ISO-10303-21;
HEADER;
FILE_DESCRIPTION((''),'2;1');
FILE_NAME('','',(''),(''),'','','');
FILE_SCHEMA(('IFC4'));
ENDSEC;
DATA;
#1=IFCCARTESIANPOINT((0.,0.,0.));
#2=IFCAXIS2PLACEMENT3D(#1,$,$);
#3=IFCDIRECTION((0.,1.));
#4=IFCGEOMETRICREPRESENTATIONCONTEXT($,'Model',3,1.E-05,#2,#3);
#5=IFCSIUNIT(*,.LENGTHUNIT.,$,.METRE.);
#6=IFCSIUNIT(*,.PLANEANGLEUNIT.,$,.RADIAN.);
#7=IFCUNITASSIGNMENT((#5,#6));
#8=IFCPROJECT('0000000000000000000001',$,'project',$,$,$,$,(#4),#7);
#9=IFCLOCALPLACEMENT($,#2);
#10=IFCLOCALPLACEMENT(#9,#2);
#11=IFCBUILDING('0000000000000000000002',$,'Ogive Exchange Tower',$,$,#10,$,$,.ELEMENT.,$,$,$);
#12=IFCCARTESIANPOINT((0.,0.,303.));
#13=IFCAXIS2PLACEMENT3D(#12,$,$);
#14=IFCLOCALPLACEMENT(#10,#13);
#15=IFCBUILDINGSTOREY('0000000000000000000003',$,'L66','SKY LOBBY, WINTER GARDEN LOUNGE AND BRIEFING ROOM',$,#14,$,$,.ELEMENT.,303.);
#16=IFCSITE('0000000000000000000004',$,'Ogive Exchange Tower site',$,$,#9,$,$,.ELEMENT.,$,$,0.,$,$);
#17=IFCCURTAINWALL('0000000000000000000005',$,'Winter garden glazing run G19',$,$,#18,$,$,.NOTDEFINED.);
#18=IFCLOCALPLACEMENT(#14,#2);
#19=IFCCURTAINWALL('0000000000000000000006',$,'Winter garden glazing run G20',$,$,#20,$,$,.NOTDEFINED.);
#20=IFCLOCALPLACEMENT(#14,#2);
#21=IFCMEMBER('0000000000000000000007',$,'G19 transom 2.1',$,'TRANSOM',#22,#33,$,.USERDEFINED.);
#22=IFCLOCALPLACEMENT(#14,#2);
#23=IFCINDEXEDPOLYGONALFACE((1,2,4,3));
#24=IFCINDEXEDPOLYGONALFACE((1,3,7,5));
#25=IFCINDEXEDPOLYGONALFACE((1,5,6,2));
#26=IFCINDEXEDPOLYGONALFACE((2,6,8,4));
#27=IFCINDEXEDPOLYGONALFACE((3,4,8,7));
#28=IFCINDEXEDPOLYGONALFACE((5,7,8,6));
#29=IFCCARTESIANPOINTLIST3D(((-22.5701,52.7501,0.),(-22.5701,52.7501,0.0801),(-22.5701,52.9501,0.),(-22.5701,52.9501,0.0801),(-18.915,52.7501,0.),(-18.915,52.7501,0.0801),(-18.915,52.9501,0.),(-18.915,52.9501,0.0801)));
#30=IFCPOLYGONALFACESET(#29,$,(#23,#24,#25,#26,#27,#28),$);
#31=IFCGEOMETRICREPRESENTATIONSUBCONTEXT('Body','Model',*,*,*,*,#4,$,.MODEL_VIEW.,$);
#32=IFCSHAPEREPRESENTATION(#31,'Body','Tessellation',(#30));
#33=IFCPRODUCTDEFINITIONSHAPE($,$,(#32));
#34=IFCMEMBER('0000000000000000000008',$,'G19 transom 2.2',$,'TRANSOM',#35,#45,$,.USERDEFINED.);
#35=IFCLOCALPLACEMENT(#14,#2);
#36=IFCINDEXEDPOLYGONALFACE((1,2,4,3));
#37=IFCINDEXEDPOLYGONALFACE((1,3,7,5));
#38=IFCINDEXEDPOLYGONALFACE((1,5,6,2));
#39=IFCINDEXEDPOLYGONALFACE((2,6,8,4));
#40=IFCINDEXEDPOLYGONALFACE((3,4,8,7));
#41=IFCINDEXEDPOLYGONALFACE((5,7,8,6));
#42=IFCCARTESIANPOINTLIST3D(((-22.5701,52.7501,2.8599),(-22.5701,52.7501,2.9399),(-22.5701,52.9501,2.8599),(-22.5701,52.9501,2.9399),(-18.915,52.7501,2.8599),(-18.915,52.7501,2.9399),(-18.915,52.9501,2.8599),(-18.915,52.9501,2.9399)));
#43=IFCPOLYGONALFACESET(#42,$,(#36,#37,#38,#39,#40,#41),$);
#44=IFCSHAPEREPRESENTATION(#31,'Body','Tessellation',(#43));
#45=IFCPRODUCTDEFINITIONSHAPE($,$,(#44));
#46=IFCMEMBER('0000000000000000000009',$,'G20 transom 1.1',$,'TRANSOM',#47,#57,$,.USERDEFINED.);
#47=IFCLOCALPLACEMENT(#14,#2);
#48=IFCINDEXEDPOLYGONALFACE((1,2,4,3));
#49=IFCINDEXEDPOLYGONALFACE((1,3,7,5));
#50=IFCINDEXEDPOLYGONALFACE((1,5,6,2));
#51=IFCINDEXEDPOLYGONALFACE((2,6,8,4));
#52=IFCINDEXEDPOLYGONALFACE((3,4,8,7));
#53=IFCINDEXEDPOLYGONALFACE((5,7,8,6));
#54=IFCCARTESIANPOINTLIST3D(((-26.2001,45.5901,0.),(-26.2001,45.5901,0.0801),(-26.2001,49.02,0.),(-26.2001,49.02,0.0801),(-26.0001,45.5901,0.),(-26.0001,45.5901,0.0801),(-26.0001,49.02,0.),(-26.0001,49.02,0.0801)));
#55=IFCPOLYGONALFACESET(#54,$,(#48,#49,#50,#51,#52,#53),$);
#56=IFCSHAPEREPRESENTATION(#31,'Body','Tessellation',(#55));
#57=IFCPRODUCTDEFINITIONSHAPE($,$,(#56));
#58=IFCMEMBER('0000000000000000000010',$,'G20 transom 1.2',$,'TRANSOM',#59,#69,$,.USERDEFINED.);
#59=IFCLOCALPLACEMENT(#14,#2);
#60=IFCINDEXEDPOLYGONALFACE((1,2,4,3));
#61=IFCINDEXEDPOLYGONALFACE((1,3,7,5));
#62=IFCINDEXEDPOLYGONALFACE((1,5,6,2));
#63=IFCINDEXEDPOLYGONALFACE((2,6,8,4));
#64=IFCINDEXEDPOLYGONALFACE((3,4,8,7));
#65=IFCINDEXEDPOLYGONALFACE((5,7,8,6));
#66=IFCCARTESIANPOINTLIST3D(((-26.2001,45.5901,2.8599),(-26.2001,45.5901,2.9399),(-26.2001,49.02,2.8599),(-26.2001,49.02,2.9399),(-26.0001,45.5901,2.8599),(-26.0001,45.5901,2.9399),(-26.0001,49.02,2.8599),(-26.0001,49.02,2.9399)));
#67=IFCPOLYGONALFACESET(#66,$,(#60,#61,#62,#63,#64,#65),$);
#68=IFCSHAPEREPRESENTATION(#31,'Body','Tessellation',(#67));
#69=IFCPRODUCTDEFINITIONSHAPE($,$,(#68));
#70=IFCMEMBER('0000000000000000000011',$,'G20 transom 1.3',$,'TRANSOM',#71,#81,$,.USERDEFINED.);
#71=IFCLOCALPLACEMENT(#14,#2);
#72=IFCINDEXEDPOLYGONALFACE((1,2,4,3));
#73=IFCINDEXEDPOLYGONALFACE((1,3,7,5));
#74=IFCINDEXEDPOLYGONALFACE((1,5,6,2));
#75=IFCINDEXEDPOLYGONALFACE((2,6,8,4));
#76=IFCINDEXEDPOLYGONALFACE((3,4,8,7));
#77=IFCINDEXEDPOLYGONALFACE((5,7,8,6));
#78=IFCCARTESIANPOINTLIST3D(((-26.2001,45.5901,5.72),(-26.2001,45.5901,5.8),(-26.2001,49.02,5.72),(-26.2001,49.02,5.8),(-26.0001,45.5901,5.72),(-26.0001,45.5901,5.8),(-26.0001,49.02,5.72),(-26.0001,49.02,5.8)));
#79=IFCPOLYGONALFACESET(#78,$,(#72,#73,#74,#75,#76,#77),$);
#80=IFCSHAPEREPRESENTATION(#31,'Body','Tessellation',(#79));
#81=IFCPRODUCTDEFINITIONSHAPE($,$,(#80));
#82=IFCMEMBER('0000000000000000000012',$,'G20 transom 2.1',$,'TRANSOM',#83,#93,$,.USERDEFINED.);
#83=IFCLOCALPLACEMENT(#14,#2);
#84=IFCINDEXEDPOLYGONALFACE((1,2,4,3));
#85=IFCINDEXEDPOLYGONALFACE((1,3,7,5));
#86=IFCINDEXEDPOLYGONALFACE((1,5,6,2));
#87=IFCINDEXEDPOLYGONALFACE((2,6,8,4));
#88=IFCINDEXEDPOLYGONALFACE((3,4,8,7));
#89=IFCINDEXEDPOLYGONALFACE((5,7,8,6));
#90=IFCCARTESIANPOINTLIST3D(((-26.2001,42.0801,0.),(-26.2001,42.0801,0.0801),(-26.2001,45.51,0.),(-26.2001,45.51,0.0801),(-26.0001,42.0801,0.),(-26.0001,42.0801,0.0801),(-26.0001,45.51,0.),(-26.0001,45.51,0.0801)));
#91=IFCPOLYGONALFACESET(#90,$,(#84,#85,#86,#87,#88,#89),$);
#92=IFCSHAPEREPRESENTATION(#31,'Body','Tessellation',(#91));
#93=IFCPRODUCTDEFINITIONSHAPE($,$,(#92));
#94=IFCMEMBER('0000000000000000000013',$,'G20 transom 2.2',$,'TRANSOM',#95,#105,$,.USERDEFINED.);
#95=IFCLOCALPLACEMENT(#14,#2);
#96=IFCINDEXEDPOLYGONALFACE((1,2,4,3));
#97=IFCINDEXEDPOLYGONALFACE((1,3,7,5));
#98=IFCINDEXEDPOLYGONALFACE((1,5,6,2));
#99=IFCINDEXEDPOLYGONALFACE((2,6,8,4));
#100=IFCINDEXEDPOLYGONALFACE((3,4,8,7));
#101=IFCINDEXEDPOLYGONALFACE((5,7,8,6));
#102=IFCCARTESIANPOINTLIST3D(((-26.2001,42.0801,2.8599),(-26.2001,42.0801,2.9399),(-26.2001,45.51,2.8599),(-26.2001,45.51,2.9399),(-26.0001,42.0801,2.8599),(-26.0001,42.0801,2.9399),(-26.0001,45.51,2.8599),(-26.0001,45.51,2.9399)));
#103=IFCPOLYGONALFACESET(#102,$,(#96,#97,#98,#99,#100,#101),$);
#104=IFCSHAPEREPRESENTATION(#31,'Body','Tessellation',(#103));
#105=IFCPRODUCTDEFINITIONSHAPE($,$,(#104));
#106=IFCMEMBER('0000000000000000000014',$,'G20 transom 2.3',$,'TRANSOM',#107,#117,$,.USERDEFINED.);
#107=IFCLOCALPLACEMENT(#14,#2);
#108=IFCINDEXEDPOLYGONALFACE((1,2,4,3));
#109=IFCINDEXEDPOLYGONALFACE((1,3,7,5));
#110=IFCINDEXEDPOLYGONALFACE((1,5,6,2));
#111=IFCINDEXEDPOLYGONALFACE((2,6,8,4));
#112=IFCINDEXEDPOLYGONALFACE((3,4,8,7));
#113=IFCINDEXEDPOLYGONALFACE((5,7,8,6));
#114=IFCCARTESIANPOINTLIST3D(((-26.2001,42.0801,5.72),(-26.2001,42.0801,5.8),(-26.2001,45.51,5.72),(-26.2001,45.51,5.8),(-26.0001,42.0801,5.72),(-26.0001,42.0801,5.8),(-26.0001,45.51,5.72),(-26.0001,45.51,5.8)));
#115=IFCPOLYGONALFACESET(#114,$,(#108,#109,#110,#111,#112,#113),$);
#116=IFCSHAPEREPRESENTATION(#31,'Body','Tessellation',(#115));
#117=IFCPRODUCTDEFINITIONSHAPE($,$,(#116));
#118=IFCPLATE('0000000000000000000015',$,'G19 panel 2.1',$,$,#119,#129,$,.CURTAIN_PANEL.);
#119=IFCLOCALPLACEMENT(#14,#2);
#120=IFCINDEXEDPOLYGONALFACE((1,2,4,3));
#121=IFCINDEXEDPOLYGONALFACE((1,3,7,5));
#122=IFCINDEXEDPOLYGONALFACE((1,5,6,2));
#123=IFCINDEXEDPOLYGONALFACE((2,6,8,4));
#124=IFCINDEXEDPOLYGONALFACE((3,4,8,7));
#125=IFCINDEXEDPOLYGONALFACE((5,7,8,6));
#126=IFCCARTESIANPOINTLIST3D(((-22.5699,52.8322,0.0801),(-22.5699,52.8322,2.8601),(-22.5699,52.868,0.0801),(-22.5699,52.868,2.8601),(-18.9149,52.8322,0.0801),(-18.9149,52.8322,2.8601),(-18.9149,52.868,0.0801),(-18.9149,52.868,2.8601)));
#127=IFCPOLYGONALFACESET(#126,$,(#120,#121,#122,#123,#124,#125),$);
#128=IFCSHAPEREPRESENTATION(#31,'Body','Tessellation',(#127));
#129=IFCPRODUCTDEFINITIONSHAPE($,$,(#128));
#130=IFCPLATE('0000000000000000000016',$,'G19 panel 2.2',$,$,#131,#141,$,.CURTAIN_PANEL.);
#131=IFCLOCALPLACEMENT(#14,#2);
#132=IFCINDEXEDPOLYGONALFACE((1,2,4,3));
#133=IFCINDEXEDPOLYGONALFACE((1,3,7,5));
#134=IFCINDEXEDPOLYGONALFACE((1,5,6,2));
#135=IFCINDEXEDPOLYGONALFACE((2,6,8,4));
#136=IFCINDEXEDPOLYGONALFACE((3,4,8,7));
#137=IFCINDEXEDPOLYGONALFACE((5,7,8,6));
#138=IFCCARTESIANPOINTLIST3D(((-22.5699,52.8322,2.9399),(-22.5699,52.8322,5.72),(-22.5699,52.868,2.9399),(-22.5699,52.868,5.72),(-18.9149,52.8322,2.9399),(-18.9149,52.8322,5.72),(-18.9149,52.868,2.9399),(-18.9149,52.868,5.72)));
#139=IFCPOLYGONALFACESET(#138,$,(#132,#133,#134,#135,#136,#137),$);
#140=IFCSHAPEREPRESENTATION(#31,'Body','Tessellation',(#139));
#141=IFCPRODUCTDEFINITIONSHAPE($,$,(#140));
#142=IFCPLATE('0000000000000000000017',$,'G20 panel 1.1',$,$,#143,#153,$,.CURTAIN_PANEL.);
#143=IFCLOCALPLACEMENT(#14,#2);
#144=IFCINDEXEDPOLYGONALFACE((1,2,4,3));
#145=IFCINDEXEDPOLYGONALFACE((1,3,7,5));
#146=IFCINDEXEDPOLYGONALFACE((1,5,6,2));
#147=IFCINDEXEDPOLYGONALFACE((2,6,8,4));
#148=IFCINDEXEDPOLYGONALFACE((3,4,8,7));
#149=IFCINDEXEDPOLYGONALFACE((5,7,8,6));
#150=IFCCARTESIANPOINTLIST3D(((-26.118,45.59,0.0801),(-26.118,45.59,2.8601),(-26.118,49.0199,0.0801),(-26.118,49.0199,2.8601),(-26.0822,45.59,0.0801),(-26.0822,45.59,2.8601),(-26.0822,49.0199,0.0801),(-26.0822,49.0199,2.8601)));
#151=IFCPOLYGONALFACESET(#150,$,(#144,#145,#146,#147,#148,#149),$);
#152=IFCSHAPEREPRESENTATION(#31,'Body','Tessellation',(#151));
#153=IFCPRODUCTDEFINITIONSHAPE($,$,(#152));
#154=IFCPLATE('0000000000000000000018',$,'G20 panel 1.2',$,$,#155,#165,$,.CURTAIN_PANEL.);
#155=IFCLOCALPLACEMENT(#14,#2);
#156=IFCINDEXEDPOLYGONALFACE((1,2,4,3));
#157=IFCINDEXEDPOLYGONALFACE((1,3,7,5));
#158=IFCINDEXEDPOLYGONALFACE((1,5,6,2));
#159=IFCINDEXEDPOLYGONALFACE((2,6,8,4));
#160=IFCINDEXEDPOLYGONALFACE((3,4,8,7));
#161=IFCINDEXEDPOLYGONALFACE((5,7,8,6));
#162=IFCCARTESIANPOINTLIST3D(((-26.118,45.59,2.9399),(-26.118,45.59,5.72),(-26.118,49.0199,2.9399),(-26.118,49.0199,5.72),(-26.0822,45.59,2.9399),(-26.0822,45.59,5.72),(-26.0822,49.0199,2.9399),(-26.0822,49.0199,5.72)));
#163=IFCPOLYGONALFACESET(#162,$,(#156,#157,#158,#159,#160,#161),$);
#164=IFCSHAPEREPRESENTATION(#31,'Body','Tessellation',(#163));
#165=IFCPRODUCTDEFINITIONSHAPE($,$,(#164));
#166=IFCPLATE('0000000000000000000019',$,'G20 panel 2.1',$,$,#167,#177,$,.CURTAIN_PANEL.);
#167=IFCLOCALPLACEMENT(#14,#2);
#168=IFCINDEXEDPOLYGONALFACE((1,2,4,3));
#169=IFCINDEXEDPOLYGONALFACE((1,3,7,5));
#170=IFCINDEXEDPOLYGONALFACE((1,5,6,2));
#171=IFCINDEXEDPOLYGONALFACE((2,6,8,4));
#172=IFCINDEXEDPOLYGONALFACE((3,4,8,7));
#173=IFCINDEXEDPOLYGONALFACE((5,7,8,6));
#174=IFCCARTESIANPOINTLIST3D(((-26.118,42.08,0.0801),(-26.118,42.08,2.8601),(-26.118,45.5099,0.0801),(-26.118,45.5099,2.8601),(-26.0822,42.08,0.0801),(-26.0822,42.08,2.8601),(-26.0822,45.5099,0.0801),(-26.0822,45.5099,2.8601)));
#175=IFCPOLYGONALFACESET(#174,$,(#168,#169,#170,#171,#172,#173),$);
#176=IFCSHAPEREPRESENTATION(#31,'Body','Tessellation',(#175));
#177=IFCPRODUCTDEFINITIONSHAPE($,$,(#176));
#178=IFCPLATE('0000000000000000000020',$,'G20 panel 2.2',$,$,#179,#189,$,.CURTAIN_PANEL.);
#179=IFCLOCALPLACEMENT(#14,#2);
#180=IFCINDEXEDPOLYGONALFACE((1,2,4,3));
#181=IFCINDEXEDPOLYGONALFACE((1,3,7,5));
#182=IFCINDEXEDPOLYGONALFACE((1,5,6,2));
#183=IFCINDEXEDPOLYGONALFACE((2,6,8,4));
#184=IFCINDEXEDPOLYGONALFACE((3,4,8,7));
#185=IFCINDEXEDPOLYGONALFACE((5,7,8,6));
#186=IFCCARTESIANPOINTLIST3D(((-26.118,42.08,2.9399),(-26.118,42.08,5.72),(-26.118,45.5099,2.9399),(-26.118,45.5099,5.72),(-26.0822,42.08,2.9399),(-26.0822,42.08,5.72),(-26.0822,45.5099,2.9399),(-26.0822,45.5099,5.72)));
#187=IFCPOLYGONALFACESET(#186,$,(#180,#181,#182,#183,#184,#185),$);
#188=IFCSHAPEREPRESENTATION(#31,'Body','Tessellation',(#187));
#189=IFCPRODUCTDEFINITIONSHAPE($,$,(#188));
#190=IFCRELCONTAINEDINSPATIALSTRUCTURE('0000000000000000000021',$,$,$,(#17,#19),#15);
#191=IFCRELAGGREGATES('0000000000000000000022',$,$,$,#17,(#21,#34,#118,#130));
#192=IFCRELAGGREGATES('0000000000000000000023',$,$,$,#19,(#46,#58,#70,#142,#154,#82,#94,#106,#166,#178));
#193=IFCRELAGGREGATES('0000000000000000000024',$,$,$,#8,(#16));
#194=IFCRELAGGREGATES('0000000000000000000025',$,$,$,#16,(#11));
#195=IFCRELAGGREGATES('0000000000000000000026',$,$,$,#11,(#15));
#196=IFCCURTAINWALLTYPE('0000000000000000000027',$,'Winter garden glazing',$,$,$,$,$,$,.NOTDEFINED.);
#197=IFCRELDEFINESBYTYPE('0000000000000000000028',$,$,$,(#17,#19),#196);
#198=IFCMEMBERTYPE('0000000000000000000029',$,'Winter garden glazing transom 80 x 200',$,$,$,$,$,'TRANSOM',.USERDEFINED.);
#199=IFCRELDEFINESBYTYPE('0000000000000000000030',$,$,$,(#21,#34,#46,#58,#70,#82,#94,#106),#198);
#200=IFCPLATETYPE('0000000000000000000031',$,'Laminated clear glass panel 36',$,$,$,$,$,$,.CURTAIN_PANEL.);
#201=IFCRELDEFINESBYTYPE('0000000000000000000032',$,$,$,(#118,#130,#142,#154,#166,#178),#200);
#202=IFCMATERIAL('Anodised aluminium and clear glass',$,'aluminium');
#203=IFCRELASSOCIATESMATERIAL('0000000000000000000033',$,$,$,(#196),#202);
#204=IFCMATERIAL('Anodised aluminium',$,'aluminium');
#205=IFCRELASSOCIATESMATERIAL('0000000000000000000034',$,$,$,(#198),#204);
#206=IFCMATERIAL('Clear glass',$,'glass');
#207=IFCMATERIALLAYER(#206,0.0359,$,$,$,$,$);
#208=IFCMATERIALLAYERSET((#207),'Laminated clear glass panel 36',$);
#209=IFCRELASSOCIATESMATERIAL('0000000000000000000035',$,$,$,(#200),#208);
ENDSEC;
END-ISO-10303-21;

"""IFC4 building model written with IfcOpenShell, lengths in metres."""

from ifc_helpers import new_model, si_unit, direction, frame, origin, origin_2d, place, context, subcontext, project, spatial, rectangle, extrude, material, layer, layer_set, material_profile, profile_set, type_object, element, aggregate, save


model = new_model("IFC4")

# Units and contexts
model_context = context("Model", 3, precision=1e-05, world=origin(), true_north=direction((0.0, 1.0)))
body_context = subcontext(model_context, "Body", "Model", "MODEL_VIEW")
ifc_project = project(units=[si_unit("LENGTHUNIT", "METRE"), si_unit("PLANEANGLEUNIT", "RADIAN")], contexts=[model_context])

# Site, building, storey
site_placement = place(None, origin())
site = spatial("IfcSite", under=ifc_project, at=site_placement, Name="Ogive Exchange Tower site", CompositionType="ELEMENT", RefElevation=0.0)
building_placement = place(site_placement, origin())
building = spatial("IfcBuilding", under=site, at=building_placement, Name="Ogive Exchange Tower", CompositionType="ELEMENT")
storey_placement = place(building_placement, frame((0.0, 0.0, 303.0)))
storey = spatial("IfcBuildingStorey", under=building, at=storey_placement, Name="L66", Description="SKY LOBBY, WINTER GARDEN LOUNGE AND BRIEFING ROOM", CompositionType="ELEMENT", Elevation=303.0)

# Curtain wall
ifc_material_1 = material(Name="Anodised aluminium and clear glass", Category="aluminium")
curtain_wall_type = type_object("IfcCurtainWallType", Name="Winter garden glazing", PredefinedType="NOTDEFINED", material=ifc_material_1)
curtain_wall_1_placement = place(storey_placement, origin())
curtain_wall_1 = element("IfcCurtainWall", 1, at=curtain_wall_1_placement, inside=storey, type_object=curtain_wall_type, Name="Winter garden glazing run G19", PredefinedType="NOTDEFINED")
ifc_material_2 = material(Name="Anodised aluminium", Category="aluminium")

# Curtain wall
curtain_wall_2_placement = place(storey_placement, origin())
curtain_wall_2 = element("IfcCurtainWall", 2, at=curtain_wall_2_placement, inside=storey, type_object=curtain_wall_type, Name="Winter garden glazing run G20", PredefinedType="NOTDEFINED")

# Members
ifc_material_profile_1 = material_profile(ifc_material_2, rectangle(XDim=0.2, YDim=0.0801, at=origin_2d()), Name="AL 80x200")
ifc_profile_set_1 = profile_set([ifc_material_profile_1], Name="Anodised aluminium")
member_type_1 = type_object("IfcMemberType", Name="Winter garden glazing transom 80 x 200", ElementType="TRANSOM", PredefinedType="USERDEFINED", material=ifc_profile_set_1)
member_1_placement = place(storey_placement, frame((-18.915, 52.8501, 0.04), z_axis=(-1.0, 0.0, 0.0), x_axis=(0.0, -1.0, 0.0)))
member_1 = element("IfcMember", 3, at=member_1_placement, type_object=member_type_1, Name="G19 transom 2.1", ObjectType="TRANSOM", PredefinedType="USERDEFINED", context=body_context, shape_type="SweptSolid", body=[
    extrude(rectangle(XDim=0.2, YDim=0.0801, at=origin_2d()), origin(), (0.0, 0.0, 1.0), 3.655),
])
member_2_placement = place(storey_placement, frame((-18.915, 52.8501, 2.8999), z_axis=(-1.0, 0.0, 0.0), x_axis=(0.0, -1.0, 0.0)))
member_2 = element("IfcMember", 4, at=member_2_placement, type_object=member_type_1, Name="G19 transom 2.2", ObjectType="TRANSOM", PredefinedType="USERDEFINED", context=body_context, shape_type="SweptSolid", body=[
    extrude(rectangle(XDim=0.2, YDim=0.0801, at=origin_2d()), origin(), (0.0, 0.0, 1.0), 3.655),
])
member_3_placement = place(storey_placement, frame((-26.1001, 49.02, 0.04), z_axis=(0.0, -1.0, 0.0), x_axis=(1.0, 0.0, 0.0)))
member_3 = element("IfcMember", 5, at=member_3_placement, type_object=member_type_1, Name="G20 transom 1.1", ObjectType="TRANSOM", PredefinedType="USERDEFINED", context=body_context, shape_type="SweptSolid", body=[
    extrude(rectangle(XDim=0.2, YDim=0.0801, at=origin_2d()), origin(), (0.0, 0.0, 1.0), 3.4299),
])
member_4_placement = place(storey_placement, frame((-26.1001, 49.02, 2.8999), z_axis=(0.0, -1.0, 0.0), x_axis=(1.0, 0.0, 0.0)))
member_4 = element("IfcMember", 6, at=member_4_placement, type_object=member_type_1, Name="G20 transom 1.2", ObjectType="TRANSOM", PredefinedType="USERDEFINED", context=body_context, shape_type="SweptSolid", body=[
    extrude(rectangle(XDim=0.2, YDim=0.0801, at=origin_2d()), origin(), (0.0, 0.0, 1.0), 3.4299),
])
member_5_placement = place(storey_placement, frame((-26.1001, 49.02, 5.76), z_axis=(0.0, -1.0, 0.0), x_axis=(1.0, 0.0, 0.0)))
member_5 = element("IfcMember", 7, at=member_5_placement, type_object=member_type_1, Name="G20 transom 1.3", ObjectType="TRANSOM", PredefinedType="USERDEFINED", context=body_context, shape_type="SweptSolid", body=[
    extrude(rectangle(XDim=0.2, YDim=0.0801, at=origin_2d()), origin(), (0.0, 0.0, 1.0), 3.4299),
])
member_6_placement = place(storey_placement, frame((-26.1001, 45.51, 0.04), z_axis=(0.0, -1.0, 0.0), x_axis=(1.0, 0.0, 0.0)))
member_6 = element("IfcMember", 8, at=member_6_placement, type_object=member_type_1, Name="G20 transom 2.1", ObjectType="TRANSOM", PredefinedType="USERDEFINED", context=body_context, shape_type="SweptSolid", body=[
    extrude(rectangle(XDim=0.2, YDim=0.0801, at=origin_2d()), origin(), (0.0, 0.0, 1.0), 3.4299),
])
member_7_placement = place(storey_placement, frame((-26.1001, 45.51, 2.8999), z_axis=(0.0, -1.0, 0.0), x_axis=(1.0, 0.0, 0.0)))
member_7 = element("IfcMember", 9, at=member_7_placement, type_object=member_type_1, Name="G20 transom 2.2", ObjectType="TRANSOM", PredefinedType="USERDEFINED", context=body_context, shape_type="SweptSolid", body=[
    extrude(rectangle(XDim=0.2, YDim=0.0801, at=origin_2d()), origin(), (0.0, 0.0, 1.0), 3.4299),
])
member_8_placement = place(storey_placement, frame((-26.1001, 45.51, 5.76), z_axis=(0.0, -1.0, 0.0), x_axis=(1.0, 0.0, 0.0)))
member_8 = element("IfcMember", 10, at=member_8_placement, type_object=member_type_1, Name="G20 transom 2.3", ObjectType="TRANSOM", PredefinedType="USERDEFINED", context=body_context, shape_type="SweptSolid", body=[
    extrude(rectangle(XDim=0.2, YDim=0.0801, at=origin_2d()), origin(), (0.0, 0.0, 1.0), 3.4299),
])

# Plates
ifc_material_3 = material(Name="Clear glass", Category="glass")
ifc_layer_1 = layer(ifc_material_3, 0.0359)
ifc_layer_set_1 = layer_set([ifc_layer_1], Name="Laminated clear glass panel 36")
plate_type = type_object("IfcPlateType", Name="Laminated clear glass panel 36", PredefinedType="CURTAIN_PANEL", material=ifc_layer_set_1)
plate_1_placement = place(storey_placement, frame((-20.7424, 52.8501, 0.0801), z_axis=(0.0, 0.0, 1.0), x_axis=(-1.0, 0.0, 0.0)))
plate_1 = element("IfcPlate", 11, at=plate_1_placement, type_object=plate_type, Name="G19 panel 2.1", PredefinedType="CURTAIN_PANEL", context=body_context, shape_type="SweptSolid", body=[
    extrude(rectangle(XDim=3.655, YDim=0.0359, at=origin_2d()), origin(), (0.0, 0.0, 1.0), 2.78),
])
plate_2_placement = place(storey_placement, frame((-20.7424, 52.8501, 2.9399), z_axis=(0.0, 0.0, 1.0), x_axis=(-1.0, 0.0, 0.0)))
plate_2 = element("IfcPlate", 12, at=plate_2_placement, type_object=plate_type, Name="G19 panel 2.2", PredefinedType="CURTAIN_PANEL", context=body_context, shape_type="SweptSolid", body=[
    extrude(rectangle(XDim=3.655, YDim=0.0359, at=origin_2d()), origin(), (0.0, 0.0, 1.0), 2.78),
])
aggregate(curtain_wall_1, [member_1, member_2, plate_1, plate_2])
plate_3_placement = place(storey_placement, frame((-26.1001, 47.3049, 0.0801), z_axis=(0.0, 0.0, 1.0), x_axis=(0.0, -1.0, 0.0)))
plate_3 = element("IfcPlate", 13, at=plate_3_placement, type_object=plate_type, Name="G20 panel 1.1", PredefinedType="CURTAIN_PANEL", context=body_context, shape_type="SweptSolid", body=[
    extrude(rectangle(XDim=3.4299, YDim=0.0359, at=origin_2d()), origin(), (0.0, 0.0, 1.0), 2.78),
])
plate_4_placement = place(storey_placement, frame((-26.1001, 47.3049, 2.9399), z_axis=(0.0, 0.0, 1.0), x_axis=(0.0, -1.0, 0.0)))
plate_4 = element("IfcPlate", 14, at=plate_4_placement, type_object=plate_type, Name="G20 panel 1.2", PredefinedType="CURTAIN_PANEL", context=body_context, shape_type="SweptSolid", body=[
    extrude(rectangle(XDim=3.4299, YDim=0.0359, at=origin_2d()), origin(), (0.0, 0.0, 1.0), 2.78),
])
plate_5_placement = place(storey_placement, frame((-26.1001, 43.7949, 0.0801), z_axis=(0.0, 0.0, 1.0), x_axis=(0.0, -1.0, 0.0)))
plate_5 = element("IfcPlate", 15, at=plate_5_placement, type_object=plate_type, Name="G20 panel 2.1", PredefinedType="CURTAIN_PANEL", context=body_context, shape_type="SweptSolid", body=[
    extrude(rectangle(XDim=3.4299, YDim=0.0359, at=origin_2d()), origin(), (0.0, 0.0, 1.0), 2.78),
])
plate_6_placement = place(storey_placement, frame((-26.1001, 43.7949, 2.9399), z_axis=(0.0, 0.0, 1.0), x_axis=(0.0, -1.0, 0.0)))
plate_6 = element("IfcPlate", 16, at=plate_6_placement, type_object=plate_type, Name="G20 panel 2.2", PredefinedType="CURTAIN_PANEL", context=body_context, shape_type="SweptSolid", body=[
    extrude(rectangle(XDim=3.4299, YDim=0.0359, at=origin_2d()), origin(), (0.0, 0.0, 1.0), 2.78),
])
aggregate(curtain_wall_2, [member_3, member_4, member_5, plate_3, plate_4, member_6, member_7, member_8, plate_5, plate_6])

save(model, "model.ifc")
